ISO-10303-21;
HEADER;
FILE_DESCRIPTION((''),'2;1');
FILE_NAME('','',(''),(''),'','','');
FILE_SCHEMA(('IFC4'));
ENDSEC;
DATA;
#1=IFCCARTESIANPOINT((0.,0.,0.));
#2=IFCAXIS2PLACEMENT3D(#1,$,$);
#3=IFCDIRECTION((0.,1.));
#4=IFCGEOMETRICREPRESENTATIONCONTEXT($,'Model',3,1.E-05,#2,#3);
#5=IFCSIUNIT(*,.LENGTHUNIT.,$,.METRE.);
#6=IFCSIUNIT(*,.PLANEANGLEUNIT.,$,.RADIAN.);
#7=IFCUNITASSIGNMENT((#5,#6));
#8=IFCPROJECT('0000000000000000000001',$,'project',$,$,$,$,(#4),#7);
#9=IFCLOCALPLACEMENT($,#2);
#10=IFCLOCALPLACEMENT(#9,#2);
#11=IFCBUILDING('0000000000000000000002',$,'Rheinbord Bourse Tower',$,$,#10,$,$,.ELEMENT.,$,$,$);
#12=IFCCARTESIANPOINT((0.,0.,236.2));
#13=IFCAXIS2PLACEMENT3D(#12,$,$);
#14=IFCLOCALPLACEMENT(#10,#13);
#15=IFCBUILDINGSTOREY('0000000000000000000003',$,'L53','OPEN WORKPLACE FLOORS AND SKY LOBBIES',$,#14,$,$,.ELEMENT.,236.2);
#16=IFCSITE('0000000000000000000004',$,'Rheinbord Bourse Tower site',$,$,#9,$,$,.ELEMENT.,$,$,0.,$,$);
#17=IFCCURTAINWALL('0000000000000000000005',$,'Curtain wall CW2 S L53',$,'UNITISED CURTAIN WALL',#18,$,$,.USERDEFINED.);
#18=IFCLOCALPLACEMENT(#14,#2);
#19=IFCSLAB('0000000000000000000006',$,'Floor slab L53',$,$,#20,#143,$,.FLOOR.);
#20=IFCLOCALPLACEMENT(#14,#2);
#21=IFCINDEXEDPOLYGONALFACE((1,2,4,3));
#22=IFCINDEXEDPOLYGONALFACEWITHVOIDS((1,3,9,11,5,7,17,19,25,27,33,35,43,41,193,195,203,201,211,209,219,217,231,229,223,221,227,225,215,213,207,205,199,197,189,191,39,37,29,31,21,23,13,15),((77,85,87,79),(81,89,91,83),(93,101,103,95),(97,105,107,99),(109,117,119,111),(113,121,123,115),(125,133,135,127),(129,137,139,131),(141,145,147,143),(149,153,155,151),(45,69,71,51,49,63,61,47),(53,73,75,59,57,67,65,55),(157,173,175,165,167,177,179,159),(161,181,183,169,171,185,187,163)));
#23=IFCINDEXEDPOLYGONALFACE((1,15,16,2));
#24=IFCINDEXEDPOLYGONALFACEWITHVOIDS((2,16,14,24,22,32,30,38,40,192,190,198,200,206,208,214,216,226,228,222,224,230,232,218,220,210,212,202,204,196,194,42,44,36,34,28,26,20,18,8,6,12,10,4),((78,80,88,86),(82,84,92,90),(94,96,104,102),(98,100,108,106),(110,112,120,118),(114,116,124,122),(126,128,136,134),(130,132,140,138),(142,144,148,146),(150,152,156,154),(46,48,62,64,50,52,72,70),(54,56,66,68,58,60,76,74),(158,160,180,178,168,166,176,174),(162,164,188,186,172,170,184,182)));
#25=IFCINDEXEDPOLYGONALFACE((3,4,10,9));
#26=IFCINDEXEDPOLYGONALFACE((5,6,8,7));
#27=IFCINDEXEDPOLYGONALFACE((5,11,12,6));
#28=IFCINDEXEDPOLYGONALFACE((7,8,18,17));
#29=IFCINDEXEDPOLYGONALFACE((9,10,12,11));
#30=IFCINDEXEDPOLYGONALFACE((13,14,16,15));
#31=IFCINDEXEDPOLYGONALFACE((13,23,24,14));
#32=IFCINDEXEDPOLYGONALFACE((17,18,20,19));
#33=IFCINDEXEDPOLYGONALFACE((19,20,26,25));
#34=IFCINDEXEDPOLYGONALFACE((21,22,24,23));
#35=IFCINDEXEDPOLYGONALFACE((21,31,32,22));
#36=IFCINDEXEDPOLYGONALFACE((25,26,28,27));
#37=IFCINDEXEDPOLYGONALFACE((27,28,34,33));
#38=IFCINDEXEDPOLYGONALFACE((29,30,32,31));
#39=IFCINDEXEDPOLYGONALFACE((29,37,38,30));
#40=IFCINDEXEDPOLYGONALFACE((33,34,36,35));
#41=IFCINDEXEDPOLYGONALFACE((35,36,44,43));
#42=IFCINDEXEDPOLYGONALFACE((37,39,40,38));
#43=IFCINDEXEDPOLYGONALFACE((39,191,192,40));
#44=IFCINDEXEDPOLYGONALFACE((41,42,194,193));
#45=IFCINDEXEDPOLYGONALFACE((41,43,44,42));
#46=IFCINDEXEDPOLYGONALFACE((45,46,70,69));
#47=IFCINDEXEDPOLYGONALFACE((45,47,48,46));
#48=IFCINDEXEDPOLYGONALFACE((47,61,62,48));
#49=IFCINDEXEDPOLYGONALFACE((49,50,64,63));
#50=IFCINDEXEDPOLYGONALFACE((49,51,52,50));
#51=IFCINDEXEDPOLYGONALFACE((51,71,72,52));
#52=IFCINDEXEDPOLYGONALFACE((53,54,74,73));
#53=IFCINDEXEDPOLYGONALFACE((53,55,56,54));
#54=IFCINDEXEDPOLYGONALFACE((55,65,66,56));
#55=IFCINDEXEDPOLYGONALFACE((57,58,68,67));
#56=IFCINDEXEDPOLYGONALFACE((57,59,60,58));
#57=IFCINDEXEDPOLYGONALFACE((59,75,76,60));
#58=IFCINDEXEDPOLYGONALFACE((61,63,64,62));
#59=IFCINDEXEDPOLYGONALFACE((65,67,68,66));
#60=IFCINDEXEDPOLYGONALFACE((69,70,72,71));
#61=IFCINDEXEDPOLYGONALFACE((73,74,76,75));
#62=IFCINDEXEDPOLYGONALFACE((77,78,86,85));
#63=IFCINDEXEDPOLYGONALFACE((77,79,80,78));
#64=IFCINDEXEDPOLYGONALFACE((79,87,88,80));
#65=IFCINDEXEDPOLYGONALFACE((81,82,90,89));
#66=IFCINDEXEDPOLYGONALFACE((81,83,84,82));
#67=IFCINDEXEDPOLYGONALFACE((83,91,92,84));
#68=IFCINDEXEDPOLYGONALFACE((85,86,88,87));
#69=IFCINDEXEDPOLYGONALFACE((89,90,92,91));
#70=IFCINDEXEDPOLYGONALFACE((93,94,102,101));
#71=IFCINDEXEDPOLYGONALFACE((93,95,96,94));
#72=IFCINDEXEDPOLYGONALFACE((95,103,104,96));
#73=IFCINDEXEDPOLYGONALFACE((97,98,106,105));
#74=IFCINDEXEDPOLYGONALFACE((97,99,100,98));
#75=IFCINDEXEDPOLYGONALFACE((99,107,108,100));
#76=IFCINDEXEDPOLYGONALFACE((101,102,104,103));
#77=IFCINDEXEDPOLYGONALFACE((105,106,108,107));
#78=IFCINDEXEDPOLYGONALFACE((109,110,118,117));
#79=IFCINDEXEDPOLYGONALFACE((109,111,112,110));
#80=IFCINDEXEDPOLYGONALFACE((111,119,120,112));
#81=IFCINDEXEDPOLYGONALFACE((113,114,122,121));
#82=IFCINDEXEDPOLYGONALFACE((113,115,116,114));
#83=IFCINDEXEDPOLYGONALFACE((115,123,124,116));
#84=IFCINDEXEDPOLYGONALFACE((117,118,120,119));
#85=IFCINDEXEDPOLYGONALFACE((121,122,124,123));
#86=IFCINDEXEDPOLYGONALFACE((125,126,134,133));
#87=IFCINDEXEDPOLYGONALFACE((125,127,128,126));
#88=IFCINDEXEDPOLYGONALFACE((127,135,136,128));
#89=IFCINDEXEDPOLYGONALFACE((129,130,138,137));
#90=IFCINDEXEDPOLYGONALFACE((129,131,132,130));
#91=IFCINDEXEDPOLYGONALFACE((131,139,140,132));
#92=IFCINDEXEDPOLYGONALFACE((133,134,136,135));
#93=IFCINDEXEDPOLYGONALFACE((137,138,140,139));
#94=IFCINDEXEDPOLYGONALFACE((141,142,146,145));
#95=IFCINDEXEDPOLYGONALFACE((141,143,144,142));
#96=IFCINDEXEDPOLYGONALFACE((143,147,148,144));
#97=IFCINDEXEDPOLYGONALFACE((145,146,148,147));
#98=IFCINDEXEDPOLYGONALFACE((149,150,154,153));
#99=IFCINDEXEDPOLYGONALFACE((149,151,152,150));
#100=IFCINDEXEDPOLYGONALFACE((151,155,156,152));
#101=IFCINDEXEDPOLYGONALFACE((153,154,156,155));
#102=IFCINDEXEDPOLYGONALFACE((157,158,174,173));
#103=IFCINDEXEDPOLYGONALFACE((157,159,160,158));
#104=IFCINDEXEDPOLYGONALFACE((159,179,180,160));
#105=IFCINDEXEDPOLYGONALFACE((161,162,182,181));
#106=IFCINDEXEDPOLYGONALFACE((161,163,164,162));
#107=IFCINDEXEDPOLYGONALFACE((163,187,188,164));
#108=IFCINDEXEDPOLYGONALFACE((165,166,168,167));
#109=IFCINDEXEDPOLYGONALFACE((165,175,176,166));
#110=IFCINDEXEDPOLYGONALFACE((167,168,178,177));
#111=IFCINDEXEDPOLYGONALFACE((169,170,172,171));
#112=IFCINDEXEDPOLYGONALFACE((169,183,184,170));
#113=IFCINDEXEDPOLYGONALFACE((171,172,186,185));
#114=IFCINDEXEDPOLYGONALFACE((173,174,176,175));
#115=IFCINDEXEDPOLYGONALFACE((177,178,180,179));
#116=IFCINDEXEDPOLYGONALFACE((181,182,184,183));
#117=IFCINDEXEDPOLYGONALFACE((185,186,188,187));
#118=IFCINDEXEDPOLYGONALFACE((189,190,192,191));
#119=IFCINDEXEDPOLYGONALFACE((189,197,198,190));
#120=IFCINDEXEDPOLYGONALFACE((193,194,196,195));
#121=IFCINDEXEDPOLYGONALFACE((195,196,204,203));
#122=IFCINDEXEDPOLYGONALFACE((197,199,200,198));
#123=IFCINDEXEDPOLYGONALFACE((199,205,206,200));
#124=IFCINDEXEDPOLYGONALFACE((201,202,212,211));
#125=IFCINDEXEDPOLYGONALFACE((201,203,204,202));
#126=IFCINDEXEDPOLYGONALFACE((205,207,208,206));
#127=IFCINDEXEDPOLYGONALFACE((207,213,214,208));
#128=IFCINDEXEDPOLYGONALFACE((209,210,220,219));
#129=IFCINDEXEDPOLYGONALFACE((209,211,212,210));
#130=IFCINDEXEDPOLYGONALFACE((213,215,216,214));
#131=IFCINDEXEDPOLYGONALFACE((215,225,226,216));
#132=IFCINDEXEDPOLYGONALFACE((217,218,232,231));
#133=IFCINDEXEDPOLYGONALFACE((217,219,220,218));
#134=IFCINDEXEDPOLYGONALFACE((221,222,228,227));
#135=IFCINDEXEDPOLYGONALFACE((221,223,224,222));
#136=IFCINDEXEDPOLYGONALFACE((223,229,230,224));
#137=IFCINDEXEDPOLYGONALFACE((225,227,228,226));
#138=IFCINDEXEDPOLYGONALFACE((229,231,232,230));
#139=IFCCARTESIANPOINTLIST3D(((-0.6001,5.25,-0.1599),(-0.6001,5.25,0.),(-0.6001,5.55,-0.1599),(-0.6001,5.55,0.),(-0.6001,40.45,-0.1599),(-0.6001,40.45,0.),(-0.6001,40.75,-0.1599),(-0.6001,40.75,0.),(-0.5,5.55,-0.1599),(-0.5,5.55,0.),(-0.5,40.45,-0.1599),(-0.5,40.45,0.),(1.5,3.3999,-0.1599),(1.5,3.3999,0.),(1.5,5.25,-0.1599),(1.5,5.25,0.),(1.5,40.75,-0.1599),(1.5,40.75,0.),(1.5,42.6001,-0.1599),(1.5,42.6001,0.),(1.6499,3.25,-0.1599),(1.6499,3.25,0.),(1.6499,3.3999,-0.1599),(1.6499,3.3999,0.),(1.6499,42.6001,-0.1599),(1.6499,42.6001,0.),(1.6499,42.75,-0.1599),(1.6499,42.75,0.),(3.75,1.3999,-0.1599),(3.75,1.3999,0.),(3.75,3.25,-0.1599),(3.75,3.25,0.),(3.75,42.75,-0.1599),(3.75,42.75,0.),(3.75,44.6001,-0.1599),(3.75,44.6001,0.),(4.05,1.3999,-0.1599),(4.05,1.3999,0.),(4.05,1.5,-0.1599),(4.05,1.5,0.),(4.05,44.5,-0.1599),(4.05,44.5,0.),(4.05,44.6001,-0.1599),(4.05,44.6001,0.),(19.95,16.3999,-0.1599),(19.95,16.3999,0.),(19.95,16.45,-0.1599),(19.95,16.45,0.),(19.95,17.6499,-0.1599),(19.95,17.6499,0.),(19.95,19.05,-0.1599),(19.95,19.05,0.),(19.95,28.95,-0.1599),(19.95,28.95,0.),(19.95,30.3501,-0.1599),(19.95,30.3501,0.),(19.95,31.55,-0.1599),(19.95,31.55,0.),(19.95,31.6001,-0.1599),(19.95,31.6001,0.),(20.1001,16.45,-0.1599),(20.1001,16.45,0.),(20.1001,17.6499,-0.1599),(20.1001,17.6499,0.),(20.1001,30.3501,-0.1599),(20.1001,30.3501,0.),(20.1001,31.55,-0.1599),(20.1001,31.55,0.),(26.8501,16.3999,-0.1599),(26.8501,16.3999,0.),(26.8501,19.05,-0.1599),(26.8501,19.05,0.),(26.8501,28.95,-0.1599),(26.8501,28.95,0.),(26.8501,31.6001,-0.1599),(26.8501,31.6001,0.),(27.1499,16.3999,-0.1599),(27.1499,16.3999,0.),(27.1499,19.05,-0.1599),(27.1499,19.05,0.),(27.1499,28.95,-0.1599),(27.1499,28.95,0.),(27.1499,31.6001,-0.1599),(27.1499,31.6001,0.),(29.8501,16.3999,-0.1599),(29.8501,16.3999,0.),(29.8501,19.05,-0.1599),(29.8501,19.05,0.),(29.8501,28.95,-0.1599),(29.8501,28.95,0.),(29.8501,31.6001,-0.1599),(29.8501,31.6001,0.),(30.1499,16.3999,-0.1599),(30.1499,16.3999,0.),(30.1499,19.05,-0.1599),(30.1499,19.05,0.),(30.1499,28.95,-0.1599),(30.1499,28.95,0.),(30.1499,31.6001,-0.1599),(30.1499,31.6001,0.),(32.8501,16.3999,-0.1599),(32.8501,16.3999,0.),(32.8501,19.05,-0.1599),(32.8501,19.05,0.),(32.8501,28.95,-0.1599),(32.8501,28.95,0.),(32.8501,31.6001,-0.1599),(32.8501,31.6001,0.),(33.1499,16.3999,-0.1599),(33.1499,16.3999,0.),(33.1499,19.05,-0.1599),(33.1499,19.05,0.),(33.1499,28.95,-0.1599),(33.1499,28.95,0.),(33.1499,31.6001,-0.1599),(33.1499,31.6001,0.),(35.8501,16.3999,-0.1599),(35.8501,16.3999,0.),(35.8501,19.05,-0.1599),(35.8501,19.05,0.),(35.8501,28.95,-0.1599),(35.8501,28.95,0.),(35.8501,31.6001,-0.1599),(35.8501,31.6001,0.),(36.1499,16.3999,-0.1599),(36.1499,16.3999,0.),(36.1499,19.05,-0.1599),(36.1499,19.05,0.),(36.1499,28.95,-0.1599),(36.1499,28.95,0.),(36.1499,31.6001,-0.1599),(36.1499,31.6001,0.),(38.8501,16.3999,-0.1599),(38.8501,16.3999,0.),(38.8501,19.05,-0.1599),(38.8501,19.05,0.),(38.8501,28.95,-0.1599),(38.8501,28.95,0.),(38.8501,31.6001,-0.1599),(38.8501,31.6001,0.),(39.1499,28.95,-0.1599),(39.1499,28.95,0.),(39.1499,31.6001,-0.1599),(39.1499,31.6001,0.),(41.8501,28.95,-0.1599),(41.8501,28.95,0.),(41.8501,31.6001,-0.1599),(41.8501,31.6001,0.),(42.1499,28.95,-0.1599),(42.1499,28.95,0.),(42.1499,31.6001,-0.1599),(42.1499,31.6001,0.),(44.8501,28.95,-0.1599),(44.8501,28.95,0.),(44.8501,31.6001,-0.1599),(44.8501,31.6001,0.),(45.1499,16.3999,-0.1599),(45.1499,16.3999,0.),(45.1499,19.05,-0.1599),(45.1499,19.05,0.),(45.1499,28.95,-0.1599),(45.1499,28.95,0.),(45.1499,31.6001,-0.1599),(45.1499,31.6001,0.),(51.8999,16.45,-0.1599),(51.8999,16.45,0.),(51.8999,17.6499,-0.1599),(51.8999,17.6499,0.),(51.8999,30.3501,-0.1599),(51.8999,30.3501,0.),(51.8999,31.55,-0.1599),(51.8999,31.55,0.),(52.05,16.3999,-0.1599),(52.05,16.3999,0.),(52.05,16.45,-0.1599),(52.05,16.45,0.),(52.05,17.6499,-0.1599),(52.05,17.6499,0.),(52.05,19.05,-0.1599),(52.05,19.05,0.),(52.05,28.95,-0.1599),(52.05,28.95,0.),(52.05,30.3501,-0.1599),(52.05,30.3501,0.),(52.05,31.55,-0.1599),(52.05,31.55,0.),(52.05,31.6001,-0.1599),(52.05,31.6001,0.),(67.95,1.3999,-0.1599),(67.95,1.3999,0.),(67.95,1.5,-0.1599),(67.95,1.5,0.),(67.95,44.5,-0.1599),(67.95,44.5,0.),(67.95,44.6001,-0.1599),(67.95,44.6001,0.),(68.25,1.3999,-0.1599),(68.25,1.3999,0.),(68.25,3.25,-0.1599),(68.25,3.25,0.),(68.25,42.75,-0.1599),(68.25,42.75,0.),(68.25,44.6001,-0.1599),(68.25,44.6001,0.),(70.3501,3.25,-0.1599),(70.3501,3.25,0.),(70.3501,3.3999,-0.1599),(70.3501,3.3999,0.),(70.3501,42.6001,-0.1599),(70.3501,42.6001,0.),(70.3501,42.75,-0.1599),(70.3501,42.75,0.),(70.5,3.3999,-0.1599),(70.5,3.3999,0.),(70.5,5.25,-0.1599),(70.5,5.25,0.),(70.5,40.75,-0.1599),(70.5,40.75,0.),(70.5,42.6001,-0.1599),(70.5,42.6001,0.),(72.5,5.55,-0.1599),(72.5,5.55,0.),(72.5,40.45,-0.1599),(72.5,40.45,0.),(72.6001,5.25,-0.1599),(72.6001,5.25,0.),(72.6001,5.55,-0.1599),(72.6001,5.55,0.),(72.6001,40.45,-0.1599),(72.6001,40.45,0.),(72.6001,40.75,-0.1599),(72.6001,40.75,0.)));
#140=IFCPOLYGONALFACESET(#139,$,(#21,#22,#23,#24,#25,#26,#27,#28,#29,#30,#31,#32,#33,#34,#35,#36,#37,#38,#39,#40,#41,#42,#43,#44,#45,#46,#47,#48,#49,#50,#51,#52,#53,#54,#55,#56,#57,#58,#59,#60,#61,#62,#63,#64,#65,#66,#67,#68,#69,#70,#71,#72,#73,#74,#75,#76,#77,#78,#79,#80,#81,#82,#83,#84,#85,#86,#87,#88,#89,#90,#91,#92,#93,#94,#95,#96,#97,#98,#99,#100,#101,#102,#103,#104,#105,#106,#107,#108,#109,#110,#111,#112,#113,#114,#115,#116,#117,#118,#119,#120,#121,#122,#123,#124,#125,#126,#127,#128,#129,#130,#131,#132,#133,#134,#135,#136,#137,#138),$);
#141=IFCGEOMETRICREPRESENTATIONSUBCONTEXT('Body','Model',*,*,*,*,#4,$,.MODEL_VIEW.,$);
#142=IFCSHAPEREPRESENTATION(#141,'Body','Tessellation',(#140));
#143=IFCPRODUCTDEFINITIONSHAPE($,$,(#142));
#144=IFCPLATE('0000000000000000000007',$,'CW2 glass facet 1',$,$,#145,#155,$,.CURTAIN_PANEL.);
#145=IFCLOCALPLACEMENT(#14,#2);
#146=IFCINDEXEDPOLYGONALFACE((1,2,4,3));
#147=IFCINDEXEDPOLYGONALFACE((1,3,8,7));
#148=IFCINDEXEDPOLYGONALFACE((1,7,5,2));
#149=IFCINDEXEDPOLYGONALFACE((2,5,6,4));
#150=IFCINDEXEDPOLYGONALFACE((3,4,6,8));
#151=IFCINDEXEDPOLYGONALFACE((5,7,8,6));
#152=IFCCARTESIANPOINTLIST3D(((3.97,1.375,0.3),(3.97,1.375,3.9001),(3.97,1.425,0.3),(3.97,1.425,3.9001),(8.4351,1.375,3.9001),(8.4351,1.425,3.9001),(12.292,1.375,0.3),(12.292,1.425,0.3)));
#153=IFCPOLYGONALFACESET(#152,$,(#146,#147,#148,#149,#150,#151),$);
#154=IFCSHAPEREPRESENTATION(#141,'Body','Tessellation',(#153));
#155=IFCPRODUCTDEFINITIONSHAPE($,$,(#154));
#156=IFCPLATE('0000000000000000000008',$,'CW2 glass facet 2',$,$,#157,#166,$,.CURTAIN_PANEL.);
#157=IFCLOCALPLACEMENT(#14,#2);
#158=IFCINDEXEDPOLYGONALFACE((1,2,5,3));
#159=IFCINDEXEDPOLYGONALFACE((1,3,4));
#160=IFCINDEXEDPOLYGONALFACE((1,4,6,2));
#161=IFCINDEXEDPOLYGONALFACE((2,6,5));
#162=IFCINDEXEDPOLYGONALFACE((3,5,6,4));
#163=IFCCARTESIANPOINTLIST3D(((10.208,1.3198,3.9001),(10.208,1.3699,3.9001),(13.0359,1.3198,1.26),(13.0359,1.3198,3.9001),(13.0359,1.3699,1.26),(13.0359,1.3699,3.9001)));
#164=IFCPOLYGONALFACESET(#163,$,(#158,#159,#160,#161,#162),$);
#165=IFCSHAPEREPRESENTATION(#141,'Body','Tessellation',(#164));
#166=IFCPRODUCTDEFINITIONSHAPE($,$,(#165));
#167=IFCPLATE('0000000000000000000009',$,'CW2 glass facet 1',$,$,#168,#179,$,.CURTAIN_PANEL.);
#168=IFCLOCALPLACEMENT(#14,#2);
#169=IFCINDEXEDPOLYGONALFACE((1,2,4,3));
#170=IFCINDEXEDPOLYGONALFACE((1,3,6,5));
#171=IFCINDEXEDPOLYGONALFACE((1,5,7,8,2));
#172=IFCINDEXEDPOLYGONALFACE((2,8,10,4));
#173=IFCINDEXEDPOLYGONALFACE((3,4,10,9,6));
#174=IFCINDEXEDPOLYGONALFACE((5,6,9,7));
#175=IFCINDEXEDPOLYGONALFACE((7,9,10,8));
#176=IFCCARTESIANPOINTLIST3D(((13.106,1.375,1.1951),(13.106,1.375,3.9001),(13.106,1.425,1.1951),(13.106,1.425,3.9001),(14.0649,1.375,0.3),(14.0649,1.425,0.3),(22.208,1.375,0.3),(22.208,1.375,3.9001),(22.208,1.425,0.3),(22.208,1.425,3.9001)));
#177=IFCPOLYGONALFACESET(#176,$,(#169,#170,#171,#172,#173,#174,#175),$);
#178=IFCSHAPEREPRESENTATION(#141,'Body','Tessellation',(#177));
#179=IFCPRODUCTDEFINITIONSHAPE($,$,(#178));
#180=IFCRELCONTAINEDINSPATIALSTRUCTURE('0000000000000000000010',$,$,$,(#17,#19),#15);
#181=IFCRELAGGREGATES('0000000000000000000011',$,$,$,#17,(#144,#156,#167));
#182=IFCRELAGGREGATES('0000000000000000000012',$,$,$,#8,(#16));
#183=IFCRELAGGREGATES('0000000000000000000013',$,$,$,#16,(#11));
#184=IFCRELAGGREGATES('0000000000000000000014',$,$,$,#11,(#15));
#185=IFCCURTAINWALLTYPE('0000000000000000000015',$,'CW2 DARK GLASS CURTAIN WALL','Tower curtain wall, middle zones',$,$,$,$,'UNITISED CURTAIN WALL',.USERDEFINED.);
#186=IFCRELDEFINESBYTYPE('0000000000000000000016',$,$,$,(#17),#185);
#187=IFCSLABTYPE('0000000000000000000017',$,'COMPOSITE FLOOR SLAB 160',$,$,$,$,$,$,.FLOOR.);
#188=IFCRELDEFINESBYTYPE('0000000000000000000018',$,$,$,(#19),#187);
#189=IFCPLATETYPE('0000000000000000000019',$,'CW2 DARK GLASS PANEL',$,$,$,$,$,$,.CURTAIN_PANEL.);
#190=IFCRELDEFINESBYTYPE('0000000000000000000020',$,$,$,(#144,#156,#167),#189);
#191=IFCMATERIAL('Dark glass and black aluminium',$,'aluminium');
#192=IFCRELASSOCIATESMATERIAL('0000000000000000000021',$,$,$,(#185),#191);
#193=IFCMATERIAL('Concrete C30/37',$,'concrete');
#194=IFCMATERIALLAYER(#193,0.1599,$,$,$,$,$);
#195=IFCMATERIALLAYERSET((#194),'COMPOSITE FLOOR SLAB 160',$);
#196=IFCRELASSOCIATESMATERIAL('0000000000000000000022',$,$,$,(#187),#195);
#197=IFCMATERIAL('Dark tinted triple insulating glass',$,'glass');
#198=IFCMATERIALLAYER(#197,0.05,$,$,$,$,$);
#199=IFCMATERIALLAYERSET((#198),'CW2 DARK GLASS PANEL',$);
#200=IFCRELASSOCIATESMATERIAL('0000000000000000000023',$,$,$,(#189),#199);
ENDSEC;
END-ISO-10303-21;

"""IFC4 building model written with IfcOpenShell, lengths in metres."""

from ifc_helpers import new_model, si_unit, direction, frame, origin, place, context, subcontext, project, spatial, polyline, outline, extrude, material, layer, layer_set, type_object, element, aggregate, save


model = new_model("IFC4")

# Units and contexts
model_context = context("Model", 3, precision=1e-05, world=origin(), true_north=direction((0.0, 1.0)))
body_context = subcontext(model_context, "Body", "Model", "MODEL_VIEW")
ifc_project = project(units=[si_unit("LENGTHUNIT", "METRE"), si_unit("PLANEANGLEUNIT", "RADIAN")], contexts=[model_context])

# Site, building, storey
site_placement = place(None, origin())
site = spatial("IfcSite", under=ifc_project, at=site_placement, Name="Rheinbord Bourse Tower site", CompositionType="ELEMENT", RefElevation=0.0)
building_placement = place(site_placement, origin())
building = spatial("IfcBuilding", under=site, at=building_placement, Name="Rheinbord Bourse Tower", CompositionType="ELEMENT")
storey_placement = place(building_placement, frame((0.0, 0.0, 236.2)))
storey = spatial("IfcBuildingStorey", under=building, at=storey_placement, Name="L53", Description="OPEN WORKPLACE FLOORS AND SKY LOBBIES", CompositionType="ELEMENT", Elevation=236.2)

# Curtain wall
ifc_material_1 = material(Name="Dark glass and black aluminium", Category="aluminium")
curtain_wall_type = type_object("IfcCurtainWallType", Name="CW2 DARK GLASS CURTAIN WALL", Description="Tower curtain wall, middle zones", ElementType="UNITISED CURTAIN WALL", PredefinedType="USERDEFINED", material=ifc_material_1)
curtain_wall_1_placement = place(storey_placement, origin())
curtain_wall_1 = element("IfcCurtainWall", 1, at=curtain_wall_1_placement, inside=storey, type_object=curtain_wall_type, Name="Curtain wall CW2 S L53", ObjectType="UNITISED CURTAIN WALL", PredefinedType="USERDEFINED")

# Slab
ifc_material_2 = material(Name="Concrete C30/37", Category="concrete")
ifc_layer_1 = layer(ifc_material_2, 0.1599)
ifc_layer_set_1 = layer_set([ifc_layer_1], Name="COMPOSITE FLOOR SLAB 160")
slab_type_1 = type_object("IfcSlabType", Name="COMPOSITE FLOOR SLAB 160", PredefinedType="FLOOR", material=ifc_layer_set_1)
slab_1_placement = place(storey_placement, frame((0.0, 0.0, -0.1599)))
element("IfcSlab", 2, at=slab_1_placement, inside=storey, type_object=slab_type_1, Name="Floor slab L53", PredefinedType="FLOOR", context=body_context, shape_type="SweptSolid", body=[
    extrude(outline(polyline([(1.6499, 3.3999), (1.5, 3.3999), (1.5, 5.25), (-0.6001, 5.25), (-0.6001, 5.55), (-0.5, 5.55), (-0.5, 40.45), (-0.6001, 40.45), (-0.6001, 40.75), (1.5, 40.75), (1.5, 42.6001), (1.6499, 42.6001), (1.6499, 42.75), (3.75, 42.75), (3.75, 44.6001), (4.05, 44.6001), (4.05, 44.5), (67.95, 44.5), (67.95, 44.6001), (68.25, 44.6001), (68.25, 42.75), (70.3501, 42.75), (70.3501, 42.6001), (70.5, 42.6001), (70.5, 40.75), (72.6001, 40.75), (72.6001, 40.45), (72.5, 40.45), (72.5, 5.55), (72.6001, 5.55), (72.6001, 5.25), (70.5, 5.25), (70.5, 3.3999), (70.3501, 3.3999), (70.3501, 3.25), (68.25, 3.25), (68.25, 1.3999), (67.95, 1.3999), (67.95, 1.5), (4.05, 1.5), (4.05, 1.3999), (3.75, 1.3999), (3.75, 3.25), (1.6499, 3.25), (1.6499, 3.3999)]), holes=[polyline([(19.95, 19.05), (26.8501, 19.05), (26.8501, 16.3999), (19.95, 16.3999), (19.95, 16.45), (20.1001, 16.45), (20.1001, 17.6499), (19.95, 17.6499), (19.95, 19.05)]), polyline([(19.95, 31.6001), (26.8501, 31.6001), (26.8501, 28.95), (19.95, 28.95), (19.95, 30.3501), (20.1001, 30.3501), (20.1001, 31.55), (19.95, 31.55), (19.95, 31.6001)]), polyline([(52.05, 16.3999), (45.1499, 16.3999), (45.1499, 19.05), (52.05, 19.05), (52.05, 17.6499), (51.8999, 17.6499), (51.8999, 16.45), (52.05, 16.45), (52.05, 16.3999)]), polyline([(52.05, 28.95), (45.1499, 28.95), (45.1499, 31.6001), (52.05, 31.6001), (52.05, 31.55), (51.8999, 31.55), (51.8999, 30.3501), (52.05, 30.3501), (52.05, 28.95)]), polyline([(27.1499, 16.3999), (27.1499, 19.05), (29.8501, 19.05), (29.8501, 16.3999), (27.1499, 16.3999)]), polyline([(27.1499, 28.95), (27.1499, 31.6001), (29.8501, 31.6001), (29.8501, 28.95), (27.1499, 28.95)]), polyline([(30.1499, 16.3999), (30.1499, 19.05), (32.8501, 19.05), (32.8501, 16.3999), (30.1499, 16.3999)]), polyline([(30.1499, 28.95), (30.1499, 31.6001), (32.8501, 31.6001), (32.8501, 28.95), (30.1499, 28.95)]), polyline([(33.1499, 16.3999), (33.1499, 19.05), (35.8501, 19.05), (35.8501, 16.3999), (33.1499, 16.3999)]), polyline([(33.1499, 28.95), (33.1499, 31.6001), (35.8501, 31.6001), (35.8501, 28.95), (33.1499, 28.95)]), polyline([(36.1499, 16.3999), (36.1499, 19.05), (38.8501, 19.05), (38.8501, 16.3999), (36.1499, 16.3999)]), polyline([(36.1499, 28.95), (36.1499, 31.6001), (38.8501, 31.6001), (38.8501, 28.95), (36.1499, 28.95)]), polyline([(39.1499, 28.95), (39.1499, 31.6001), (41.8501, 31.6001), (41.8501, 28.95), (39.1499, 28.95)]), polyline([(42.1499, 28.95), (42.1499, 31.6001), (44.8501, 31.6001), (44.8501, 28.95), (42.1499, 28.95)])]), origin(), (0.0, 0.0, 1.0), 0.1599),
])

# Plates
ifc_material_3 = material(Name="Dark tinted triple insulating glass", Category="glass")
ifc_layer_2 = layer(ifc_material_3, 0.05)
ifc_layer_set_2 = layer_set([ifc_layer_2], Name="CW2 DARK GLASS PANEL")
plate_type = type_object("IfcPlateType", Name="CW2 DARK GLASS PANEL", PredefinedType="CURTAIN_PANEL", material=ifc_layer_set_2)
plate_1_placement = place(storey_placement, frame((3.97, 1.375, 0.3), z_axis=(0.0, 1.0, 0.0), x_axis=(0.0, 0.0, 1.0)))
plate_1 = element("IfcPlate", 3, at=plate_1_placement, type_object=plate_type, Name="CW2 glass facet 1", PredefinedType="CURTAIN_PANEL", context=body_context, shape_type="SweptSolid", body=[
    extrude(outline(polyline([(0.0, 0.0), (3.6001, 0.0), (3.6001, 4.4651), (0.0, 8.322), (0.0, 0.0)])), origin(), (0.0, 0.0, 1.0), 0.05),
])
plate_2_placement = place(storey_placement, frame((13.0359, 1.3198, 3.9001), z_axis=(0.0, 1.0, 0.0), x_axis=(0.0, 0.0, -1.0)))
plate_2 = element("IfcPlate", 4, at=plate_2_placement, type_object=plate_type, Name="CW2 glass facet 2", PredefinedType="CURTAIN_PANEL", context=body_context, shape_type="SweptSolid", body=[
    extrude(outline(polyline([(0.0, 0.0), (2.6401, 0.0), (0.0, 2.8279), (0.0, 0.0)])), origin(), (0.0, 0.0, 1.0), 0.05),
])
plate_3_placement = place(storey_placement, frame((13.106, 1.375, 3.9001), z_axis=(0.0, 1.0, 0.0), x_axis=(1.0, 0.0, 0.0)))
plate_3 = element("IfcPlate", 5, at=plate_3_placement, type_object=plate_type, Name="CW2 glass facet 1", PredefinedType="CURTAIN_PANEL", context=body_context, shape_type="SweptSolid", body=[
    extrude(outline(polyline([(0.0, 0.0), (9.1021, 0.0), (9.1021, 3.6001), (0.959, 3.6001), (0.0, 2.7051), (0.0, 0.0)])), origin(), (0.0, 0.0, 1.0), 0.05),
])
aggregate(curtain_wall_1, [plate_1, plate_2, plate_3])

save(model, "model.ifc")
